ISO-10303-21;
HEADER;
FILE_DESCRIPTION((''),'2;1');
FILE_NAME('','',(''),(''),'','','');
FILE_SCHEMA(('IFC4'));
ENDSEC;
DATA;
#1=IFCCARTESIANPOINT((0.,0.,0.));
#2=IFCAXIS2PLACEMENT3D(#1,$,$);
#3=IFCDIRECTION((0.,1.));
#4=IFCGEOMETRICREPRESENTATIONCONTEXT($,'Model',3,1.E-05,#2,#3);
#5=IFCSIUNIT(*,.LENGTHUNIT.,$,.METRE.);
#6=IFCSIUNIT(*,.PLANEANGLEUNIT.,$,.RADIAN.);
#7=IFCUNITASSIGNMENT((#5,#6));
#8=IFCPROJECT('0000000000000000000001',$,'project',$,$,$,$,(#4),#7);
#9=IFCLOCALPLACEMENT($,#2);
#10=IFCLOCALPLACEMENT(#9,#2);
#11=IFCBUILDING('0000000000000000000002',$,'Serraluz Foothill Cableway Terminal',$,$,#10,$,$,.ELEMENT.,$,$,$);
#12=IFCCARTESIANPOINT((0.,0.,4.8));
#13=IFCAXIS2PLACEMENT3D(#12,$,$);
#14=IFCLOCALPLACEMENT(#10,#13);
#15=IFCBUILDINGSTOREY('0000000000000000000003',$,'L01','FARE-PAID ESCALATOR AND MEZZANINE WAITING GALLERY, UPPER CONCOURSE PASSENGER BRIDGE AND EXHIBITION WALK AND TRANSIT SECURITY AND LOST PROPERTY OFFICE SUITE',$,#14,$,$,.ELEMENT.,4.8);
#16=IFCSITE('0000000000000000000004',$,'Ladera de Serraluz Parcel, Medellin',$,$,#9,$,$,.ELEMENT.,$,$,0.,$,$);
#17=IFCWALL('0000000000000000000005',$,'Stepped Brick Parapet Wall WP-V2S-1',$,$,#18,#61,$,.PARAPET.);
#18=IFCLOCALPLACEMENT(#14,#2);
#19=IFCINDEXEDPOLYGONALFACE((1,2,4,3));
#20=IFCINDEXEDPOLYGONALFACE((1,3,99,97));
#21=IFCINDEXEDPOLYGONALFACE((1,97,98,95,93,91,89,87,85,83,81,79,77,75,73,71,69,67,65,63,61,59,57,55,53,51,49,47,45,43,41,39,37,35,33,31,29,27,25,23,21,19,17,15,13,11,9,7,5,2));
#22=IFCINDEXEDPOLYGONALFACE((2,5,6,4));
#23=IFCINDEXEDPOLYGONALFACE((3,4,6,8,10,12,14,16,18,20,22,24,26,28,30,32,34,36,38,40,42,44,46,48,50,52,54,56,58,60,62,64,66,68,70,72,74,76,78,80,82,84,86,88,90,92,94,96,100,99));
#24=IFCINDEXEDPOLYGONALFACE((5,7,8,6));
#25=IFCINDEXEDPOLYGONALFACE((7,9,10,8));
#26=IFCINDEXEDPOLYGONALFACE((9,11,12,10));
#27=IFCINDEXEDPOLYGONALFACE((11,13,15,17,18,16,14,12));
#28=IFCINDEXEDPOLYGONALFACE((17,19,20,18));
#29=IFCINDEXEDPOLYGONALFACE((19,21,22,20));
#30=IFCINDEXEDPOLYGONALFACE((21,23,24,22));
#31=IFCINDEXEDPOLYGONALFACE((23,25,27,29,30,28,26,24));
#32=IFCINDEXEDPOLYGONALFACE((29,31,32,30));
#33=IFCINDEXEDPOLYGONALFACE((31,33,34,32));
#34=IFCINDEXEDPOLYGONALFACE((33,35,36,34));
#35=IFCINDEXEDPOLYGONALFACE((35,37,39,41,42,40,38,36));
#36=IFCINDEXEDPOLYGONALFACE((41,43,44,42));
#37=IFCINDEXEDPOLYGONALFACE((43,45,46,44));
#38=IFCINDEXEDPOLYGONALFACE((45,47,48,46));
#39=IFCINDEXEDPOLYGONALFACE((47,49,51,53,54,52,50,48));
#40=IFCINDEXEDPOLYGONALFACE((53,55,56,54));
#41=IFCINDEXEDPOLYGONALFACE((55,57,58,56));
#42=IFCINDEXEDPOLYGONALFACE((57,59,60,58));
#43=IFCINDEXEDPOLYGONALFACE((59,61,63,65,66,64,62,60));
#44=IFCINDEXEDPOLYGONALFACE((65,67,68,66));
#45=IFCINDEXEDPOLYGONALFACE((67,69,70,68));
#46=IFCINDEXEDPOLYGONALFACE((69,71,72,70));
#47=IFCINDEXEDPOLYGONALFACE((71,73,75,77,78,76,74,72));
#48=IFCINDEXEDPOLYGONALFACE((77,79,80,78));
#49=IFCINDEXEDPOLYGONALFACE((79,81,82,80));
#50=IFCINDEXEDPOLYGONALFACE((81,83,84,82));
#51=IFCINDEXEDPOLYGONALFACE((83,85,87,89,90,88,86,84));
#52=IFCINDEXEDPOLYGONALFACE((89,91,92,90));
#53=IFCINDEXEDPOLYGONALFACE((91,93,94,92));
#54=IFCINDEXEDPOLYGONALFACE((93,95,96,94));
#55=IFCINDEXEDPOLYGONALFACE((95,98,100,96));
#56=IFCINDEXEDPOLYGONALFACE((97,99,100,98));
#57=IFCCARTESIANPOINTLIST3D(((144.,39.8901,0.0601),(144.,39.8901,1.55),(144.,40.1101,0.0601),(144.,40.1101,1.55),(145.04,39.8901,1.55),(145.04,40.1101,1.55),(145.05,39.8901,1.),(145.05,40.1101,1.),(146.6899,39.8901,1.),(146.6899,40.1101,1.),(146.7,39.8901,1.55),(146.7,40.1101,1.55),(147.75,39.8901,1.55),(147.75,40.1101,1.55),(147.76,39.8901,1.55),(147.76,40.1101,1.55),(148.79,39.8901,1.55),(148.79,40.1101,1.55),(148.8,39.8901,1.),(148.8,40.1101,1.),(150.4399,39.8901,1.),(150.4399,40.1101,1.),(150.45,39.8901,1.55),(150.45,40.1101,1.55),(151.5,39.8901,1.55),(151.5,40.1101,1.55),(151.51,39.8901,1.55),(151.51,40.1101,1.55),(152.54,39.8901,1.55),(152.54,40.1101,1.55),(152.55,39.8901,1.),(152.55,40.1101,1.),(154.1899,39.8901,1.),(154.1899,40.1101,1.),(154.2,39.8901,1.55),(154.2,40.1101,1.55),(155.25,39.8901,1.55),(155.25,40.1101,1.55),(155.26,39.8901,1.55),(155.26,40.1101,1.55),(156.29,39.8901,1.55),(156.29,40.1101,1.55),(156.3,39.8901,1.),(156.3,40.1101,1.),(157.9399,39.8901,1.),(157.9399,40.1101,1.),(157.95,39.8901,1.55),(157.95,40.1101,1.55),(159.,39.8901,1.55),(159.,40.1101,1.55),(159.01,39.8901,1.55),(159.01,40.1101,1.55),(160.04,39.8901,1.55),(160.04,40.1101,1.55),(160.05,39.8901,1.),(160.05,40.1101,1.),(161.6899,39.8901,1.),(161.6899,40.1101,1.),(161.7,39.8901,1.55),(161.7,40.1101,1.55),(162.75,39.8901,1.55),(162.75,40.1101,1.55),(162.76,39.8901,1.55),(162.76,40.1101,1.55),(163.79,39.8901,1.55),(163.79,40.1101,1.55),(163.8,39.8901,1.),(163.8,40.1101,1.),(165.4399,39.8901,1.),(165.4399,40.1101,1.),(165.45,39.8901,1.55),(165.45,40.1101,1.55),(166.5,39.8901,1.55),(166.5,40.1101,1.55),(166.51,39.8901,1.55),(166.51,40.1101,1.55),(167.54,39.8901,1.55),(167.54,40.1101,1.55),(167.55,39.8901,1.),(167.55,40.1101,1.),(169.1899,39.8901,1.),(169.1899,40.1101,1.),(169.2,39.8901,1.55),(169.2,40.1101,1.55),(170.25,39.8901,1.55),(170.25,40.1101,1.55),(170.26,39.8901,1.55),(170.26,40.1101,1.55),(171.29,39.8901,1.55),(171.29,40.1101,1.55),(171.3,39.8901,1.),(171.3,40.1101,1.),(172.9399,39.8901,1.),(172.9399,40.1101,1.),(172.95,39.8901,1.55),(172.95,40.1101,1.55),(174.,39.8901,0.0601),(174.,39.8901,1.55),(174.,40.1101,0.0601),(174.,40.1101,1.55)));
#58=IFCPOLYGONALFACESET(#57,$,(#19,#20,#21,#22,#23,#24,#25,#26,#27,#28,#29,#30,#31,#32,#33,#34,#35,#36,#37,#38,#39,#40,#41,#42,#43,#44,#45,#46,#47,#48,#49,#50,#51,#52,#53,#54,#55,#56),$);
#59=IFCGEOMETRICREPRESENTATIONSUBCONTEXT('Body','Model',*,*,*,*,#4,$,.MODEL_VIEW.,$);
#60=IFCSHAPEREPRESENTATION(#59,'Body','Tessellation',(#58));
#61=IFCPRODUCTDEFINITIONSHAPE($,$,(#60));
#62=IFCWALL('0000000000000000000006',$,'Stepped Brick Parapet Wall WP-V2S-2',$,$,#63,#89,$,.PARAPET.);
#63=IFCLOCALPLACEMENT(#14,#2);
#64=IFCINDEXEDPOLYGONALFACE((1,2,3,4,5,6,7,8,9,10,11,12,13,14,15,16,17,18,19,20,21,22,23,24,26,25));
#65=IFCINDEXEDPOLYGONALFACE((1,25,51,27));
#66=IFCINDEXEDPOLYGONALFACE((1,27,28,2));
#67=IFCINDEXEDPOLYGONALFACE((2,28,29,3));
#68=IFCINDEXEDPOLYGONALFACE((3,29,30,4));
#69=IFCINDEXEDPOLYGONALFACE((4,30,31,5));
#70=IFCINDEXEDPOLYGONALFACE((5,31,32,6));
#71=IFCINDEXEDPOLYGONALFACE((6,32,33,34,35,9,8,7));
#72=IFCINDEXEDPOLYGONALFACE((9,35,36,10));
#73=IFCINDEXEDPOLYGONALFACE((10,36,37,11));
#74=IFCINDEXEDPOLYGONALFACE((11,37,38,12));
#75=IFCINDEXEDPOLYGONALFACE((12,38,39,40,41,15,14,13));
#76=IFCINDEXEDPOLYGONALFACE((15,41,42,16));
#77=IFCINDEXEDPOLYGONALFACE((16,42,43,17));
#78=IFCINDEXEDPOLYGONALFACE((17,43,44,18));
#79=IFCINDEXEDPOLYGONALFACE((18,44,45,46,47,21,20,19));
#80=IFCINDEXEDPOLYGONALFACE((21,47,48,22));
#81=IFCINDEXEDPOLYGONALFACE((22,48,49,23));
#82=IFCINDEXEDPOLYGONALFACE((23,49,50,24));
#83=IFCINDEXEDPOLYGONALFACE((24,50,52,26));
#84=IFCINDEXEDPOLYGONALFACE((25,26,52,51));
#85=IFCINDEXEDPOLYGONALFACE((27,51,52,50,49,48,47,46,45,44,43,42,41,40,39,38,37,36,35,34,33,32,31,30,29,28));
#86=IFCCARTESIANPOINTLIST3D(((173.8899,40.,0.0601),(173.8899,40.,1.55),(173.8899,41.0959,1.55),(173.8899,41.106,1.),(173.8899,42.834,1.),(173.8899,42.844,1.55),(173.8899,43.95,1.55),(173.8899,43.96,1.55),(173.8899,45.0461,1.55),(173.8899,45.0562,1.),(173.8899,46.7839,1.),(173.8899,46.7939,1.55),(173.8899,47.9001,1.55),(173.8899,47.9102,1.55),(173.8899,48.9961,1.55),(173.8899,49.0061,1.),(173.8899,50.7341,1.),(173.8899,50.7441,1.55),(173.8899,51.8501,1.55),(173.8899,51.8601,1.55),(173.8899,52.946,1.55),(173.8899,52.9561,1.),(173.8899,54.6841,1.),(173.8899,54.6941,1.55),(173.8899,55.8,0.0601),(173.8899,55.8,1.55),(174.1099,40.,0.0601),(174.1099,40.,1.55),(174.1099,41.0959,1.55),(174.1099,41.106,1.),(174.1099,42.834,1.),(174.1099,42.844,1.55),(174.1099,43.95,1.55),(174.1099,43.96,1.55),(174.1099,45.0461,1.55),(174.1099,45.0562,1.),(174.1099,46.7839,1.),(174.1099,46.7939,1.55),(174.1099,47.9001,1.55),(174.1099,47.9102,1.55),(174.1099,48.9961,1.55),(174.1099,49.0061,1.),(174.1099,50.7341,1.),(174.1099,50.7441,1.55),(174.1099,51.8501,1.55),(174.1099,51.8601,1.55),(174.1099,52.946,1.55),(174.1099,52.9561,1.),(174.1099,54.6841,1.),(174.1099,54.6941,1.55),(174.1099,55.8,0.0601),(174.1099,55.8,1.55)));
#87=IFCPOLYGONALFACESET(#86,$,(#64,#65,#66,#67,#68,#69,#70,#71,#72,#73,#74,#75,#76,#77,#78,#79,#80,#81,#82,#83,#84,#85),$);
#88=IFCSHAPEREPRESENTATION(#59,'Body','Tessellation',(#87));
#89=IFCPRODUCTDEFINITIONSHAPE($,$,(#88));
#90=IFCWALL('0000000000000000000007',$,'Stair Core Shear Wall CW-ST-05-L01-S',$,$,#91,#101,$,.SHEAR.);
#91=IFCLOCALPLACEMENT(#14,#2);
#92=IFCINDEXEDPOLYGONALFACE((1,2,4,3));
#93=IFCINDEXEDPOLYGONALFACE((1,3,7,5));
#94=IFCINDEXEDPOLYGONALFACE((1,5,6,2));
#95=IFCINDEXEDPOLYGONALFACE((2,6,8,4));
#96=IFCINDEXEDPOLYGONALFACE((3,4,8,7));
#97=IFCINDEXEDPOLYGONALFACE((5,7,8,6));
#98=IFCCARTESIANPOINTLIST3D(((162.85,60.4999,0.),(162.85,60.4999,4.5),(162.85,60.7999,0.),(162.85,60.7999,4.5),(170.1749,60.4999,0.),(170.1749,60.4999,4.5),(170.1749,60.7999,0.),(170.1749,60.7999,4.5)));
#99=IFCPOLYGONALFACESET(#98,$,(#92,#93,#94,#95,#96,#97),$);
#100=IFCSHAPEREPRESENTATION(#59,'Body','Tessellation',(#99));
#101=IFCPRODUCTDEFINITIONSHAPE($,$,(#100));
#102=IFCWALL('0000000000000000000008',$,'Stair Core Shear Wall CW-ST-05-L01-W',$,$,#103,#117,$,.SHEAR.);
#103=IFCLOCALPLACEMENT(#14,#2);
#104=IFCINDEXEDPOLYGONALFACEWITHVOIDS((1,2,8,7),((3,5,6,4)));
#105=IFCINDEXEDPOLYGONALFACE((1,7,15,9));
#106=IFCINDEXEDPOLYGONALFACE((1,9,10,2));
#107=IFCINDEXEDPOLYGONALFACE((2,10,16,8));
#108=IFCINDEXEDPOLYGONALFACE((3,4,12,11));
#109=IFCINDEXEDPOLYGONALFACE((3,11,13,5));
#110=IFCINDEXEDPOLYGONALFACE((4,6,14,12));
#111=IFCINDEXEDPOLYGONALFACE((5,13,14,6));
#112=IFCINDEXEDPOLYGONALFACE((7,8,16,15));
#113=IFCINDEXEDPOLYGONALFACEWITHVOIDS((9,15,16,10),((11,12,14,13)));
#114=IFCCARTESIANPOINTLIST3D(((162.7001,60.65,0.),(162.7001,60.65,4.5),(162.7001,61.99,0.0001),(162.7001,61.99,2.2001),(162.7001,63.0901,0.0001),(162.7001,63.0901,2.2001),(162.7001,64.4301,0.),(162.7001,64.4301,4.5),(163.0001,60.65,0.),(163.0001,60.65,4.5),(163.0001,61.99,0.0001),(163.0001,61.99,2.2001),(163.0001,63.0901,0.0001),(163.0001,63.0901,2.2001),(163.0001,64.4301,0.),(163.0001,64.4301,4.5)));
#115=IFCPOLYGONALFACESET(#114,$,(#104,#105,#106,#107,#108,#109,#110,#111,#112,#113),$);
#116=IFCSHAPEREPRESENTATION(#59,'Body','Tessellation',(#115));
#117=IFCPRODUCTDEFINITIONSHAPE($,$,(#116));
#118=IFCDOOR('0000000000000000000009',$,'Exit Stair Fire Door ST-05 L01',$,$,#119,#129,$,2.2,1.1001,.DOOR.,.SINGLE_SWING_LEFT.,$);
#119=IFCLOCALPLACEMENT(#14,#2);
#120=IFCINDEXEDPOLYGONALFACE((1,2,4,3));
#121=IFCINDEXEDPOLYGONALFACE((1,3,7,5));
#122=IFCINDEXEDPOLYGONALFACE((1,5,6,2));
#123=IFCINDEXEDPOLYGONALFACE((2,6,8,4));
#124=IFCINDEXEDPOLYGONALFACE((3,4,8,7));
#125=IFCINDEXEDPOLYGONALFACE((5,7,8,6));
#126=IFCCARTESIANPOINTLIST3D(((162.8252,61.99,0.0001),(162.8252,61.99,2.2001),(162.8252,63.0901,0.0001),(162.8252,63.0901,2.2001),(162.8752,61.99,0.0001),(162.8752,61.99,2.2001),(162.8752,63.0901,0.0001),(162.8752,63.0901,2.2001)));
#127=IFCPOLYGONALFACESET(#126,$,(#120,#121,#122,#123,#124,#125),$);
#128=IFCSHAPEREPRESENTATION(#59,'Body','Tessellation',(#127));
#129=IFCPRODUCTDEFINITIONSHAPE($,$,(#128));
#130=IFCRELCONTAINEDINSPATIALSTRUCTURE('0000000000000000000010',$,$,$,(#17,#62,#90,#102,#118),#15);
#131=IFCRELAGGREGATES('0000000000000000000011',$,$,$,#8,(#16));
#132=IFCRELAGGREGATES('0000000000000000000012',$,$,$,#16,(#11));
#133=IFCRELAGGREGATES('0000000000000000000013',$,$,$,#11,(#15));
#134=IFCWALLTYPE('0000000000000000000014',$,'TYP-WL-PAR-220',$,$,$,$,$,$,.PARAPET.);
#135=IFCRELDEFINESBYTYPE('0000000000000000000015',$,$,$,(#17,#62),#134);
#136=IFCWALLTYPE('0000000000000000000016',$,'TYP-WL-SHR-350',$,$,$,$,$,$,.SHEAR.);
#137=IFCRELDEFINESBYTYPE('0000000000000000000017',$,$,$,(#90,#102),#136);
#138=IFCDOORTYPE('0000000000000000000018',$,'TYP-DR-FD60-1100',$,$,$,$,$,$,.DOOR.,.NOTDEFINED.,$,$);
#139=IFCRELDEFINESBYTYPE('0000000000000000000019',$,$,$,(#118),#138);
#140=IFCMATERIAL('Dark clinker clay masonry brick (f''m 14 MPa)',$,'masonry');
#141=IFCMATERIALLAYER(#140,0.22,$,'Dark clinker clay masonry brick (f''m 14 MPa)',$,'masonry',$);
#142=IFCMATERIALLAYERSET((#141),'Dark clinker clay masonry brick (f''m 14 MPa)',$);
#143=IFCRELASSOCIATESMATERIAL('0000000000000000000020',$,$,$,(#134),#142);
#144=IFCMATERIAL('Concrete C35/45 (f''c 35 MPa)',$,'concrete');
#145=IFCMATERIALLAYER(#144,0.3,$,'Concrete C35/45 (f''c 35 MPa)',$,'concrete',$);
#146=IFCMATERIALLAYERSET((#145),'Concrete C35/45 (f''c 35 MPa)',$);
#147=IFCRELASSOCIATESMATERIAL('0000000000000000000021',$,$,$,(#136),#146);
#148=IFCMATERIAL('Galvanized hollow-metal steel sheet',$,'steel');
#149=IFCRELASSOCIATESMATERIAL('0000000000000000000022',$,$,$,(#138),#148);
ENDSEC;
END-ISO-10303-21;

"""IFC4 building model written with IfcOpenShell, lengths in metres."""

from ifc_helpers import new_model, si_unit, direction, frame, frame_2d, origin, place, context, subcontext, project, spatial, polyline, rectangle, outline, extrude, material, layer, layer_set, type_object, element, fill, save


model = new_model("IFC4")

# Units and contexts
model_context = context("Model", 3, precision=1e-05, world=origin(), true_north=direction((0.0, 1.0)))
body_context = subcontext(model_context, "Body", "Model", "MODEL_VIEW")
ifc_project = project(units=[si_unit("LENGTHUNIT", "METRE"), si_unit("PLANEANGLEUNIT", "RADIAN")], contexts=[model_context])

# Site, building, storey
site_placement = place(None, origin())
site = spatial("IfcSite", under=ifc_project, at=site_placement, Name="Ladera de Serraluz Parcel, Medellin", CompositionType="ELEMENT", RefElevation=0.0)
building_placement = place(site_placement, origin())
building = spatial("IfcBuilding", under=site, at=building_placement, Name="Serraluz Foothill Cableway Terminal", CompositionType="ELEMENT")
storey_placement = place(building_placement, frame((0.0, 0.0, 4.8)))
storey = spatial("IfcBuildingStorey", under=building, at=storey_placement, Name="L01", Description="FARE-PAID ESCALATOR AND MEZZANINE WAITING GALLERY, UPPER CONCOURSE PASSENGER BRIDGE AND EXHIBITION WALK AND TRANSIT SECURITY AND LOST PROPERTY OFFICE SUITE", CompositionType="ELEMENT", Elevation=4.8)

# Shared definitions
ifc_material_1 = material(Name="Concrete C35/45 (f'c 35 MPa)", Category="concrete")

# Shared definitions
ifc_material_2 = material(Name="Dark clinker clay masonry brick (f'm 14 MPa)", Category="masonry")

# Walls
ifc_layer_1 = layer(ifc_material_2, 0.22, Name="Dark clinker clay masonry brick (f'm 14 MPa)", Category="masonry")
ifc_layer_set_1 = layer_set([ifc_layer_1], Name="Dark clinker clay masonry brick (f'm 14 MPa)")
wall_type_1 = type_object("IfcWallType", Name="TYP-WL-PAR-220", PredefinedType="PARAPET", material=ifc_layer_set_1)
wall_1_placement = place(storey_placement, frame((174.0, 40.0, 0.0601), z_axis=(0.0, 0.0, 1.0), x_axis=(-1.0, 0.0, 0.0)))
element("IfcWall", 1, at=wall_1_placement, inside=storey, type_object=wall_type_1, Name="Stepped Brick Parapet Wall WP-V2S-1", PredefinedType="PARAPET", context=body_context, shape_type="SweptSolid", body=[
    extrude(outline(polyline([(0.0, 0.0), (30.0, 0.0), (30.0, 1.49), (28.96, 1.49), (28.95, 0.9399), (27.3101, 0.9399), (27.3, 1.49), (26.25, 1.49), (26.24, 1.49), (25.21, 1.49), (25.2, 0.9399), (23.5601, 0.9399), (23.55, 1.49), (22.5, 1.49), (22.49, 1.49), (21.46, 1.49), (21.45, 0.9399), (19.8101, 0.9399), (19.8, 1.49), (18.75, 1.49), (18.74, 1.49), (17.71, 1.49), (17.7, 0.9399), (16.0601, 0.9399), (16.05, 1.49), (15.0, 1.49), (14.99, 1.49), (13.96, 1.49), (13.95, 0.9399), (12.3101, 0.9399), (12.3, 1.49), (11.25, 1.49), (11.24, 1.49), (10.21, 1.49), (10.2, 0.9399), (8.5601, 0.9399), (8.55, 1.49), (7.5, 1.49), (7.49, 1.49), (6.46, 1.49), (6.45, 0.9399), (4.8101, 0.9399), (4.8, 1.49), (3.75, 1.49), (3.74, 1.49), (2.71, 1.49), (2.7, 0.9399), (1.0601, 0.9399), (1.05, 1.49), (0.0, 1.49), (0.0, 0.0)])), frame((0.0, 0.1099, 0.0), z_axis=(0.0, -1.0, 0.0), x_axis=(1.0, 0.0, 0.0)), (0.0, 0.0, 1.0), 0.22),
])
wall_2_placement = place(storey_placement, frame((174.0, 55.8, 0.0601), z_axis=(0.0, 0.0, 1.0), x_axis=(0.0, -1.0, 0.0)))
element("IfcWall", 2, at=wall_2_placement, inside=storey, type_object=wall_type_1, Name="Stepped Brick Parapet Wall WP-V2S-2", PredefinedType="PARAPET", context=body_context, shape_type="SweptSolid", body=[
    extrude(outline(polyline([(0.0, 0.0), (15.8, 0.0), (15.8, 1.49), (14.7041, 1.49), (14.6941, 0.9399), (12.9661, 0.9399), (12.9561, 1.49), (11.8501, 1.49), (11.8401, 1.49), (10.7539, 1.49), (10.7439, 0.9399), (9.0161, 0.9399), (9.0061, 1.49), (7.8999, 1.49), (7.8899, 1.49), (6.804, 1.49), (6.7939, 0.9399), (5.0659, 0.9399), (5.0559, 1.49), (3.95, 1.49), (3.9399, 1.49), (2.854, 1.49), (2.844, 0.9399), (1.116, 0.9399), (1.106, 1.49), (0.0, 1.49), (0.0, 0.0)])), frame((0.0, 0.1099, 0.0), z_axis=(0.0, -1.0, 0.0), x_axis=(1.0, 0.0, 0.0)), (0.0, 0.0, 1.0), 0.22),
])
ifc_layer_2 = layer(ifc_material_1, 0.3, Name="Concrete C35/45 (f'c 35 MPa)", Category="concrete")
ifc_layer_set_2 = layer_set([ifc_layer_2], Name="Concrete C35/45 (f'c 35 MPa)")
wall_type_2 = type_object("IfcWallType", Name="TYP-WL-SHR-350", PredefinedType="SHEAR", material=ifc_layer_set_2)
wall_3_placement = place(storey_placement, frame((170.175, 60.6499, 0.0), z_axis=(0.0, 0.0, 1.0), x_axis=(-1.0, 0.0, 0.0)))
element("IfcWall", 3, at=wall_3_placement, inside=storey, type_object=wall_type_2, Name="Stair Core Shear Wall CW-ST-05-L01-S", PredefinedType="SHEAR", context=body_context, shape_type="SweptSolid", body=[
    extrude(rectangle(XDim=7.325, YDim=0.3, at=frame_2d((3.6626, 0.0))), origin(), (0.0, 0.0, 1.0), 4.5),
])

# Wall, opening, door
wall_4_placement = place(storey_placement, frame((162.8501, 60.6499, 0.0), z_axis=(0.0, 0.0, 1.0), x_axis=(0.0, 1.0, 0.0)))
wall_4 = element("IfcWall", 4, at=wall_4_placement, inside=storey, type_object=wall_type_2, Name="Stair Core Shear Wall CW-ST-05-L01-W", PredefinedType="SHEAR", context=body_context, shape_type="SweptSolid", body=[
    extrude(rectangle(XDim=3.78, YDim=0.3, at=frame_2d((1.8901, 0.0))), origin(), (0.0, 0.0, 1.0), 4.5),
])
opening_1_placement = place(wall_4_placement, frame((1.3401, 0.0, 0.0)))
opening_1 = element("IfcOpeningElement", 5, at=opening_1_placement, cuts=wall_4, PredefinedType="OPENING", context=body_context, shape_type="SweptSolid", body=[
    extrude(rectangle(XDim=1.1001, YDim=2.2, at=frame_2d((0.55, 1.1001))), frame((0.0, 0.1602, 0.0), z_axis=(0.0, -1.0, 0.0), x_axis=(1.0, 0.0, 0.0)), (0.0, 0.0, 1.0), 0.3201),
])
ifc_material_3 = material(Name="Galvanized hollow-metal steel sheet", Category="steel")
door_type = type_object("IfcDoorType", Name="TYP-DR-FD60-1100", OperationType="NOTDEFINED", PredefinedType="DOOR", material=ifc_material_3)
door_placement = place(opening_1_placement, origin())
door = element("IfcDoor", 6, at=door_placement, inside=storey, type_object=door_type, Name="Exit Stair Fire Door ST-05 L01", OperationType="SINGLE_SWING_LEFT", OverallHeight=2.2, OverallWidth=1.1001, PredefinedType="DOOR", context=body_context, shape_type="SweptSolid", body=[
    extrude(rectangle(XDim=1.1001, YDim=2.2, at=frame_2d((0.55, 1.1001))), frame((0.0, 0.0249, 0.0), z_axis=(0.0, -1.0, 0.0), x_axis=(1.0, 0.0, 0.0)), (0.0, 0.0, 1.0), 0.05),
])
fill(opening_1, door)

save(model, "model.ifc")
